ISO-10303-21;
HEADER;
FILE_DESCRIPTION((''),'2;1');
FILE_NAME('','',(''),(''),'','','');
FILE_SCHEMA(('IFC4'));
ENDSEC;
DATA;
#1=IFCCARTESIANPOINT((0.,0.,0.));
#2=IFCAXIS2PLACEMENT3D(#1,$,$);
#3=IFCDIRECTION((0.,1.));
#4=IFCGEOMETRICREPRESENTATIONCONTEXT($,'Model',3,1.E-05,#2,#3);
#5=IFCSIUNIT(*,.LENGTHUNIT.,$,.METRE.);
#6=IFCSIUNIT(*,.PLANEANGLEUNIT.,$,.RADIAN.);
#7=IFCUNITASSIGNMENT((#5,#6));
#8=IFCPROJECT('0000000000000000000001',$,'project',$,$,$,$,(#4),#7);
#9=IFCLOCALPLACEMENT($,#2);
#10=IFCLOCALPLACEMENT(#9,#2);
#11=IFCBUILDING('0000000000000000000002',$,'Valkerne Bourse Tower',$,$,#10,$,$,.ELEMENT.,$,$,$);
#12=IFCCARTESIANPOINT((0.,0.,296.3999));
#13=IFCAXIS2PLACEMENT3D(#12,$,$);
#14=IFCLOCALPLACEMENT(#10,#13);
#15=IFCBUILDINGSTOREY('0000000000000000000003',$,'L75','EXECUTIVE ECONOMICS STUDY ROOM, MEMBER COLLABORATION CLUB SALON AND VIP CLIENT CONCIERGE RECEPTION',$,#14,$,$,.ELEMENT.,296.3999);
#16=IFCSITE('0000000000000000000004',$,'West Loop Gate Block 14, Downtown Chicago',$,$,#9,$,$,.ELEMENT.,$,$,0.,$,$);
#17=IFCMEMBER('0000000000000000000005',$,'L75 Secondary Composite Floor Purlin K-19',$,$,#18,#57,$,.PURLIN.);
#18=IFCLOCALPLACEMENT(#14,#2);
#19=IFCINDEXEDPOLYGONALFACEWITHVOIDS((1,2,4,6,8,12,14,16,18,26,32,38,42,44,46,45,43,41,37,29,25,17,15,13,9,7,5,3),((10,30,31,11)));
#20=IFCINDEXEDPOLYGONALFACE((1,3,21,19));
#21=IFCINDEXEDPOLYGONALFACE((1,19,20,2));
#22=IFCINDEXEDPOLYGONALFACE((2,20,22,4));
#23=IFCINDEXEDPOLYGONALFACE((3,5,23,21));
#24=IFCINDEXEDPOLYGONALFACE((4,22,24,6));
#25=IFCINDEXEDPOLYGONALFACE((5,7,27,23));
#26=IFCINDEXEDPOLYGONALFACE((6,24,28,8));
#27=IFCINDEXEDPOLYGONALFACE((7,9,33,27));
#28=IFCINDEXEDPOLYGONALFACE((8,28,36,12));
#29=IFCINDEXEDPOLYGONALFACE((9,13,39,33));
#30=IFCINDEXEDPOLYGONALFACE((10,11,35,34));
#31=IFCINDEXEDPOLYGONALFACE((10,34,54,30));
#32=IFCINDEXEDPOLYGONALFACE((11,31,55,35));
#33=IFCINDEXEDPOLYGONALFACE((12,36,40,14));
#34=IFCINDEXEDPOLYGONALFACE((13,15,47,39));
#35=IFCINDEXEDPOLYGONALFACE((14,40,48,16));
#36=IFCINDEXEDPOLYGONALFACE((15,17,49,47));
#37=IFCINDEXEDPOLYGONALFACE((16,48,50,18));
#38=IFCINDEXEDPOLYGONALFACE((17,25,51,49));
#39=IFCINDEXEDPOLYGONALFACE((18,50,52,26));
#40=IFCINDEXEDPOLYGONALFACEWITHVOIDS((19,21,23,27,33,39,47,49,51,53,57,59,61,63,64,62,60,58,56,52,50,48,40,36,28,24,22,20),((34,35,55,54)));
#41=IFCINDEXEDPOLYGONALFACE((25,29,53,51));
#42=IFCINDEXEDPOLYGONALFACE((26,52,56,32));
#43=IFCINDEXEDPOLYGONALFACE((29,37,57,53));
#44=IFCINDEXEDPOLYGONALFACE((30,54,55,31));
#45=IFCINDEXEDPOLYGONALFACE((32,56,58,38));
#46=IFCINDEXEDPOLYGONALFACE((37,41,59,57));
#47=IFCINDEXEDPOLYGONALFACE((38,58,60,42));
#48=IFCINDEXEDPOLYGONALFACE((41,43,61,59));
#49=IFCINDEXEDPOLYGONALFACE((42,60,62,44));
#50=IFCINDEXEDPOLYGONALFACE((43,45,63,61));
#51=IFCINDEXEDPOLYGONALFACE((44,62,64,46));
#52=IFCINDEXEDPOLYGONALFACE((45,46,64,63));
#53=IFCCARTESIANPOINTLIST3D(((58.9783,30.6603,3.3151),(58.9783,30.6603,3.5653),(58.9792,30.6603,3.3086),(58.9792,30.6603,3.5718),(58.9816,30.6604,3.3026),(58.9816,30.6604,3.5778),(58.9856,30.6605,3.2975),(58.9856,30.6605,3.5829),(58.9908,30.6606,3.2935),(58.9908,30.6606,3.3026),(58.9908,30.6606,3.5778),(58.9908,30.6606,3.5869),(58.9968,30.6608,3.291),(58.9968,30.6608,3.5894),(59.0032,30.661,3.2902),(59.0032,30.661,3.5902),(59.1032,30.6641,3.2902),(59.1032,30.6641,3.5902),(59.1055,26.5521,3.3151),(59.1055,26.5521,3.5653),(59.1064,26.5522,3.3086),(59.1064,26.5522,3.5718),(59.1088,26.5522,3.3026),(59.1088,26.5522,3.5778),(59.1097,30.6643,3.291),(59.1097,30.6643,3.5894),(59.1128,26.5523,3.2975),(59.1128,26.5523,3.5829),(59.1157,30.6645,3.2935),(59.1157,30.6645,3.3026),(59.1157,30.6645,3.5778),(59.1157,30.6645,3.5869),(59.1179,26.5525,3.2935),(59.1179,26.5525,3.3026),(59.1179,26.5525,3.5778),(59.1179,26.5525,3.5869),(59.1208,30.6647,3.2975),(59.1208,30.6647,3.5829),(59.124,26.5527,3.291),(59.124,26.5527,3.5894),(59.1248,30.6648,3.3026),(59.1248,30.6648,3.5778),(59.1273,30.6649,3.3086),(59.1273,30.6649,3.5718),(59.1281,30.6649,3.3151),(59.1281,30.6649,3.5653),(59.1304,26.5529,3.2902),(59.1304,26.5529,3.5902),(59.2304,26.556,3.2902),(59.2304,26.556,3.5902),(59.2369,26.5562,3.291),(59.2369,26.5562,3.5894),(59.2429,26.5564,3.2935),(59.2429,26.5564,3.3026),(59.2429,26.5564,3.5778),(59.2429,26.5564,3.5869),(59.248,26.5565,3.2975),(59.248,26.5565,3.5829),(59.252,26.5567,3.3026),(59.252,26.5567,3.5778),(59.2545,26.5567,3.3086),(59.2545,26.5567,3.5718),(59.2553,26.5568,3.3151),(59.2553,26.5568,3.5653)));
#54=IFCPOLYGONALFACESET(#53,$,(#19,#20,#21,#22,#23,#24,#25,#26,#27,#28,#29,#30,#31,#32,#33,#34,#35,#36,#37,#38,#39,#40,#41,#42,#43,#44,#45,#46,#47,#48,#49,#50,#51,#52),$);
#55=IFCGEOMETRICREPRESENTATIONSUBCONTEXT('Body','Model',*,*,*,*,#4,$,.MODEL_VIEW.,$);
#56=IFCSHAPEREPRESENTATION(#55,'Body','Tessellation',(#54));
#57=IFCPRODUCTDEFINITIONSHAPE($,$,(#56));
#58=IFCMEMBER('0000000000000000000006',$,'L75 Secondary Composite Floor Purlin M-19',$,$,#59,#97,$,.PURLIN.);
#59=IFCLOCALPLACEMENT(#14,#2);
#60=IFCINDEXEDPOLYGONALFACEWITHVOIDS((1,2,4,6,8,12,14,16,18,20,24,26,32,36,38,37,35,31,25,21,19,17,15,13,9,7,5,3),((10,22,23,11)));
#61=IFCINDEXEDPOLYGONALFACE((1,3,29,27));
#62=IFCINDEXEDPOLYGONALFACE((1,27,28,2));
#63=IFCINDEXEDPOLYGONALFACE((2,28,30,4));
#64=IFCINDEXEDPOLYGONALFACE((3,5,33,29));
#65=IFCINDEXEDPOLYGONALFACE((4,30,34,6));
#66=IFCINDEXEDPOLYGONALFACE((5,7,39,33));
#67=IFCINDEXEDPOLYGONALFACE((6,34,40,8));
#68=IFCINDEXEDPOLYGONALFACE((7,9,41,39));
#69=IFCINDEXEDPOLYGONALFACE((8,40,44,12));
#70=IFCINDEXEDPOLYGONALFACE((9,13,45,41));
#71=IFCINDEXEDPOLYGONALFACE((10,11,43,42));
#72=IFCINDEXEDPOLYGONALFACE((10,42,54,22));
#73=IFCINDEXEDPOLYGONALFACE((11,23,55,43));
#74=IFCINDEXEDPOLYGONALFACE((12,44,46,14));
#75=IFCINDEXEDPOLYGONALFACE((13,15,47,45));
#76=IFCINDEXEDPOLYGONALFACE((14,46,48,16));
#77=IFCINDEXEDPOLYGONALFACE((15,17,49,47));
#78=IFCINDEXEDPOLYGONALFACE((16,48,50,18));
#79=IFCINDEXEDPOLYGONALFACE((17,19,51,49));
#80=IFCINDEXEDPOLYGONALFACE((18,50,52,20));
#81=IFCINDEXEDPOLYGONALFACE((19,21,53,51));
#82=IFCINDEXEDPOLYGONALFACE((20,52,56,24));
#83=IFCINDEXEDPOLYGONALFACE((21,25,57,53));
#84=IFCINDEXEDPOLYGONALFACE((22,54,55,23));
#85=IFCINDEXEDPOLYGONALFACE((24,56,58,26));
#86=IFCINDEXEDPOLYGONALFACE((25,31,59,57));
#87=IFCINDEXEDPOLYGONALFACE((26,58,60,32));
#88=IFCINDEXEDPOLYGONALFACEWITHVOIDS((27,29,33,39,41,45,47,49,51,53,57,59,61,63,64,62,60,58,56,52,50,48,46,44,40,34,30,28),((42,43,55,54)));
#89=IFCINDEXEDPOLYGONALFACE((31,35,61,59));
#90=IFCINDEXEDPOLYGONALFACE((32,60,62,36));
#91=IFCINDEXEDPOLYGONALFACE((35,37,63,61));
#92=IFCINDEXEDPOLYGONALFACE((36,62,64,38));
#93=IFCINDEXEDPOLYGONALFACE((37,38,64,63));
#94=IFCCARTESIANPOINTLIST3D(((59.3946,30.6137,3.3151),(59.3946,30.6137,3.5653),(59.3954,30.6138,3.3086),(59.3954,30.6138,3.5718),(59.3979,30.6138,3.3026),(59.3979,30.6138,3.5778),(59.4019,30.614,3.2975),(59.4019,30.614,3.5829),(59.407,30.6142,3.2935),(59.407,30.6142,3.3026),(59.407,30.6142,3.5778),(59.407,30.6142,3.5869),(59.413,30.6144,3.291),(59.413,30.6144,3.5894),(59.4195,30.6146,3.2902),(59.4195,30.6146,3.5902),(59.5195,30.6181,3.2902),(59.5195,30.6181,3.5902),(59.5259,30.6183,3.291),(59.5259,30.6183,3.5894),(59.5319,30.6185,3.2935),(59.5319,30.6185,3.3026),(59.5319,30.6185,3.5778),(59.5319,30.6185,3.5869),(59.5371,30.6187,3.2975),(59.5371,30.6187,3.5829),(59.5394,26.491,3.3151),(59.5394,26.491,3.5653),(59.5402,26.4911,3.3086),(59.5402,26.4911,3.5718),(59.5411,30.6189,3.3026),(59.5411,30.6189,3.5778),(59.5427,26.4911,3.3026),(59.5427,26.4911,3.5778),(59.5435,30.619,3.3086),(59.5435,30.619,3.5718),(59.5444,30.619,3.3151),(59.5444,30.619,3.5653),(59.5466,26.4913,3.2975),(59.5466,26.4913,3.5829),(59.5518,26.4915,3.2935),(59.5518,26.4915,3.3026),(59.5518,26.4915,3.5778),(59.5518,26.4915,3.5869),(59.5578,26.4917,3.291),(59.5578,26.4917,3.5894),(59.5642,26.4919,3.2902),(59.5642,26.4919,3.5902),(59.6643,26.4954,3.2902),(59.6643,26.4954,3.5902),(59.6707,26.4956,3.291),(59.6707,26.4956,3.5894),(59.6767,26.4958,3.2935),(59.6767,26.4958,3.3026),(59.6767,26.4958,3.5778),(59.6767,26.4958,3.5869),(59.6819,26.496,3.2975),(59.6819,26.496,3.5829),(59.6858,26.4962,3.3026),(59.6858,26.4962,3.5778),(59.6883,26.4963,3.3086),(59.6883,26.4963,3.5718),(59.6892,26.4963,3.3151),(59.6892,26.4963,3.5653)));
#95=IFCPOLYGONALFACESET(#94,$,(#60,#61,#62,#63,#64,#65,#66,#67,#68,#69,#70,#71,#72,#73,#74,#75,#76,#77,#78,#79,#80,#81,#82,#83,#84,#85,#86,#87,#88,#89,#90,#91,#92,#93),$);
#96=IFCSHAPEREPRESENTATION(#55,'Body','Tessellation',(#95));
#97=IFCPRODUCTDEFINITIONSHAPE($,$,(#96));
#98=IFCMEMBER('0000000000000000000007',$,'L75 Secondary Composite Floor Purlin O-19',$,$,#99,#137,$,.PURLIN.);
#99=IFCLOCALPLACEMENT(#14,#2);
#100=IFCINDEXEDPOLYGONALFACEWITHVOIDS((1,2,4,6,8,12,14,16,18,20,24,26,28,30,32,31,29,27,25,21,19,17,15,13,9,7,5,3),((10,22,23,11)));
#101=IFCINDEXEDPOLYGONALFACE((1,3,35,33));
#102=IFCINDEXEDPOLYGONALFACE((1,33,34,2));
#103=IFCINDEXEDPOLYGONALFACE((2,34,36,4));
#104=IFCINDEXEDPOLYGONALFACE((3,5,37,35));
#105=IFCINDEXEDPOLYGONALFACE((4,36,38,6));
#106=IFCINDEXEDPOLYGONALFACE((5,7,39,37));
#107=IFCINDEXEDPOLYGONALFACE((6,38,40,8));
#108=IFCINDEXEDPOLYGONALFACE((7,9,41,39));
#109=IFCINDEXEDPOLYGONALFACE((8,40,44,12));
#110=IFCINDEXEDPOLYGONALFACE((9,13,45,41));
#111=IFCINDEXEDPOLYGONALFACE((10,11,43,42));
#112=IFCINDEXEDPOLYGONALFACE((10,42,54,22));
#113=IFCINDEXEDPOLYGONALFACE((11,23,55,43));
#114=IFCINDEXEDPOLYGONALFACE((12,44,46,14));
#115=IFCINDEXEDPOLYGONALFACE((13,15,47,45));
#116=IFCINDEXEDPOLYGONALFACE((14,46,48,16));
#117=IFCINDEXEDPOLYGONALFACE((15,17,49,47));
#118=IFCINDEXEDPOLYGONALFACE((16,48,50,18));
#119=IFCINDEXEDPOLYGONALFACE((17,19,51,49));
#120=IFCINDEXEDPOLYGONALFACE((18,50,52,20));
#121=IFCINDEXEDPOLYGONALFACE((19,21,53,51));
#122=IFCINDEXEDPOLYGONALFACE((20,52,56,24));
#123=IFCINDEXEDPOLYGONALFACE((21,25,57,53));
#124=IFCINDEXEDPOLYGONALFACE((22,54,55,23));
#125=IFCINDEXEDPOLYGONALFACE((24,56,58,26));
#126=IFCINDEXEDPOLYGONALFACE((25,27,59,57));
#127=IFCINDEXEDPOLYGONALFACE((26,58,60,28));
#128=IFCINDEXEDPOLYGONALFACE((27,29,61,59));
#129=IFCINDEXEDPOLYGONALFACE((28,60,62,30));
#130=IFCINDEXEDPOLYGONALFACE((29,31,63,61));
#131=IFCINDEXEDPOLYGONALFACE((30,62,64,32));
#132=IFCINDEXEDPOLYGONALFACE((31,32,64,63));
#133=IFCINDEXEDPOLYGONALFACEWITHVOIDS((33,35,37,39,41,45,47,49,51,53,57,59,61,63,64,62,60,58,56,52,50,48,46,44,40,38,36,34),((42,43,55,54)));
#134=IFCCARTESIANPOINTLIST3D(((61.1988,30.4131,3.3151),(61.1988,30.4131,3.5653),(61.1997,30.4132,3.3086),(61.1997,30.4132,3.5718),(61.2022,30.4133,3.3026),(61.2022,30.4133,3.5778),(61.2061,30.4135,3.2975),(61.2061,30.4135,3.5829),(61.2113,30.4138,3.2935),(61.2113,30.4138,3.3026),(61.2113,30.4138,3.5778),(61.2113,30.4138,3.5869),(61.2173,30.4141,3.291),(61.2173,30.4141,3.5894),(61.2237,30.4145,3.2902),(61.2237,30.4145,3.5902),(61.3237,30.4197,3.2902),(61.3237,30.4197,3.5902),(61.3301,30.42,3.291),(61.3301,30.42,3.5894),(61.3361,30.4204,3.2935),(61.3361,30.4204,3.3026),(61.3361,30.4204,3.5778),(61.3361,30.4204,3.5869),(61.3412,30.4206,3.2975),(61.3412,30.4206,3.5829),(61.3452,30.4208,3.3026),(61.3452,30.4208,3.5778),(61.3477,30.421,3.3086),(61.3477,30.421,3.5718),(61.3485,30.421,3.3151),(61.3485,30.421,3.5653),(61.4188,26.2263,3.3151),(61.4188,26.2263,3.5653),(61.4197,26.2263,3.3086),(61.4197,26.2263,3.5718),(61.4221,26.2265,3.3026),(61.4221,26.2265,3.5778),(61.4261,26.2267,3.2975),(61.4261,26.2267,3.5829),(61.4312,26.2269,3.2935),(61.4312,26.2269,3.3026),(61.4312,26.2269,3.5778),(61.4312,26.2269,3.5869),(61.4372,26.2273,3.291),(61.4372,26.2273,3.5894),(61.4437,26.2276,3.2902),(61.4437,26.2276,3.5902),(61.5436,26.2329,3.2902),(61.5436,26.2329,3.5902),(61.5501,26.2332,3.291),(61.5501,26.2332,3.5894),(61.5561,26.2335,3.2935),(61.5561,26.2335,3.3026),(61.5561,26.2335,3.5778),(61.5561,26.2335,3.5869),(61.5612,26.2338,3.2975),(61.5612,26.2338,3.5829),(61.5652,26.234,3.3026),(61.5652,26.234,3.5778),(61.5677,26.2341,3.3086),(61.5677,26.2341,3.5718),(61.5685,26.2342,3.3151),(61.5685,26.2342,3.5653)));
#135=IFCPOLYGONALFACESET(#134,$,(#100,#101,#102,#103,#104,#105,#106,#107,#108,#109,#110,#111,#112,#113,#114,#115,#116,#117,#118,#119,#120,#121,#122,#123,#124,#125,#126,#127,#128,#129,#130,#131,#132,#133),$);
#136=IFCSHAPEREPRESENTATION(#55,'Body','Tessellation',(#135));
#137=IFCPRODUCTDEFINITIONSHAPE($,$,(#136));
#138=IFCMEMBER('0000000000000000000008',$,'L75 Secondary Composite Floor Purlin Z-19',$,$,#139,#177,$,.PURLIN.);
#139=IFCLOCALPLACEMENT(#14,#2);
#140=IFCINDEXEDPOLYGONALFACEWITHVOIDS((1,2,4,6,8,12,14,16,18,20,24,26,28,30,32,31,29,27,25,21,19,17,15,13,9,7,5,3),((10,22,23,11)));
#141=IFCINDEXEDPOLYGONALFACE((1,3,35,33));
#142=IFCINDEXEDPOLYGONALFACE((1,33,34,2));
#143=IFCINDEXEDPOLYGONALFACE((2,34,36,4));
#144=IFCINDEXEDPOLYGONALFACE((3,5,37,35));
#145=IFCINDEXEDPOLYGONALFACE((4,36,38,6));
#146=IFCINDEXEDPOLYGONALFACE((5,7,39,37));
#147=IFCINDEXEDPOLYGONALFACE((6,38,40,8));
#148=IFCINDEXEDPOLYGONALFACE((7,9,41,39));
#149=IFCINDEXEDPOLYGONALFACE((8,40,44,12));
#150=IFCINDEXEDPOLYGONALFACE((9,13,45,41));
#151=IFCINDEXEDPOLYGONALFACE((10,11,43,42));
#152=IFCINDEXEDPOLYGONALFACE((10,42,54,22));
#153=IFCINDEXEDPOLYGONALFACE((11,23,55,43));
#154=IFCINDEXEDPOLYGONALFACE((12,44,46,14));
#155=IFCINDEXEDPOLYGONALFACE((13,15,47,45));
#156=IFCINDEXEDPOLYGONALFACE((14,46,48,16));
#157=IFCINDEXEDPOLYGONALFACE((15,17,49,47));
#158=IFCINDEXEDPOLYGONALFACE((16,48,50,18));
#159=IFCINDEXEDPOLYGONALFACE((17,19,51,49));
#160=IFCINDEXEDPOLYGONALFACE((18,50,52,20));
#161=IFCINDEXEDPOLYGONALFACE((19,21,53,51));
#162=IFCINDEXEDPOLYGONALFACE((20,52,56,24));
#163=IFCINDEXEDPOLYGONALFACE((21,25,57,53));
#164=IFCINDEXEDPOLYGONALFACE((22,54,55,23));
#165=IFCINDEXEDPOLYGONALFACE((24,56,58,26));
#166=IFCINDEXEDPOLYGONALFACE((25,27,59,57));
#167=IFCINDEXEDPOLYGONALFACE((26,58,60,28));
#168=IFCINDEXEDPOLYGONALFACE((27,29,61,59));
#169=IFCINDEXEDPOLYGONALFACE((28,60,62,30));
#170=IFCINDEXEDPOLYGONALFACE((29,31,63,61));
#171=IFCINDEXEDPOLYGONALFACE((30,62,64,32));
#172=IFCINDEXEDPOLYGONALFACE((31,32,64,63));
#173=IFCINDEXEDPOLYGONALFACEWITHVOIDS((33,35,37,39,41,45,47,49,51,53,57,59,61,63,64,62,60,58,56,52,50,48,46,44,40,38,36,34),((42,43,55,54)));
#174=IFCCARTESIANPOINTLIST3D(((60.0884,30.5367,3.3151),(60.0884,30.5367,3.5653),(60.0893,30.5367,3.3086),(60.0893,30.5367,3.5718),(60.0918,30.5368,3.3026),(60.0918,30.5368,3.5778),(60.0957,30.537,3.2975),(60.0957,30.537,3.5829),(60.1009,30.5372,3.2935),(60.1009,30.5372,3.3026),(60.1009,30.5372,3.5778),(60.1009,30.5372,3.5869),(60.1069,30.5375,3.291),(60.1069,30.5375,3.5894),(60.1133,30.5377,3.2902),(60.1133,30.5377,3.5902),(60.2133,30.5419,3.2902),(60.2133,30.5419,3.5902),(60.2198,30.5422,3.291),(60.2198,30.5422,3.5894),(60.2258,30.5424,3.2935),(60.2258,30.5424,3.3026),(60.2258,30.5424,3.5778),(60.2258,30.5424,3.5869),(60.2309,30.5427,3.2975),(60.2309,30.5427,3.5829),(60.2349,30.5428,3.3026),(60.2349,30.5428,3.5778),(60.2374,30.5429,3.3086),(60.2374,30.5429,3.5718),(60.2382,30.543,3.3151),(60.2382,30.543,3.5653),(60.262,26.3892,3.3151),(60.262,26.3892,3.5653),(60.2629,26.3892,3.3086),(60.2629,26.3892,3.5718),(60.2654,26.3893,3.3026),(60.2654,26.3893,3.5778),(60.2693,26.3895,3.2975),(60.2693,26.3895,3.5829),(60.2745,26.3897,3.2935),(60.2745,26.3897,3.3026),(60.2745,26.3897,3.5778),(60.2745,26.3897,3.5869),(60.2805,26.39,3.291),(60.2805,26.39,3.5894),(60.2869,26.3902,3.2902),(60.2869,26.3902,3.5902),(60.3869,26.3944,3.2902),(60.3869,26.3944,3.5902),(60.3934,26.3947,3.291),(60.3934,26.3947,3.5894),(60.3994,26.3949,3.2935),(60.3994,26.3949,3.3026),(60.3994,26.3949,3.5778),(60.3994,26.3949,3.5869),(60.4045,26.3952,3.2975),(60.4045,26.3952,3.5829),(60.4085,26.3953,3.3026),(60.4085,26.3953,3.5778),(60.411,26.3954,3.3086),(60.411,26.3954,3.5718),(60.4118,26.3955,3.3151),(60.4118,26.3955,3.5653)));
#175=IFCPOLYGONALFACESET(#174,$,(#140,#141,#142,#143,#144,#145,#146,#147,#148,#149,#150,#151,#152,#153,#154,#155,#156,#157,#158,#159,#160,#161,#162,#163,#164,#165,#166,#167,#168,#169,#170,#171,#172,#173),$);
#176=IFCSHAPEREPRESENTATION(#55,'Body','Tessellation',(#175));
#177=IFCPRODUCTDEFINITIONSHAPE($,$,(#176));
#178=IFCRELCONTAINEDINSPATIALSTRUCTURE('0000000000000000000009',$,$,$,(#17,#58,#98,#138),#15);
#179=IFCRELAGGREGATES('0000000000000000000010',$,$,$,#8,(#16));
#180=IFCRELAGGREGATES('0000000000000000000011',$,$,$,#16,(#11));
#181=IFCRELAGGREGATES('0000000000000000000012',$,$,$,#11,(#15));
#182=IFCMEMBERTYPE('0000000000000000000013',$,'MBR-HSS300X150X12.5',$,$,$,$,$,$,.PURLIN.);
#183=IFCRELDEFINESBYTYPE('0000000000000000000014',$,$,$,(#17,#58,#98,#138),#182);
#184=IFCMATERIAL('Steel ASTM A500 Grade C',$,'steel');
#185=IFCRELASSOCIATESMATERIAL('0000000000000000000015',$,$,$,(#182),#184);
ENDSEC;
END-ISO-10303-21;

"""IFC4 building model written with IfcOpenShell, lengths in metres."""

from ifc_helpers import new_model, si_unit, direction, frame, origin, origin_2d, place, context, subcontext, project, spatial, hollow_rectangle, extrude, material, material_profile, profile_set, type_object, element, save


model = new_model("IFC4")

# Units and contexts
model_context = context("Model", 3, precision=1e-05, world=origin(), true_north=direction((0.0, 1.0)))
body_context = subcontext(model_context, "Body", "Model", "MODEL_VIEW")
ifc_project = project(units=[si_unit("LENGTHUNIT", "METRE"), si_unit("PLANEANGLEUNIT", "RADIAN")], contexts=[model_context])

# Site, building, storey
site_placement = place(None, origin())
site = spatial("IfcSite", under=ifc_project, at=site_placement, Name="West Loop Gate Block 14, Downtown Chicago", CompositionType="ELEMENT", RefElevation=0.0)
building_placement = place(site_placement, origin())
building = spatial("IfcBuilding", under=site, at=building_placement, Name="Valkerne Bourse Tower", CompositionType="ELEMENT")
storey_placement = place(building_placement, frame((0.0, 0.0, 296.3999)))
storey = spatial("IfcBuildingStorey", under=building, at=storey_placement, Name="L75", Description="EXECUTIVE ECONOMICS STUDY ROOM, MEMBER COLLABORATION CLUB SALON AND VIP CLIENT CONCIERGE RECEPTION", CompositionType="ELEMENT", Elevation=296.3999)

# Shared definitions
ifc_material_1 = material(Name="Steel ASTM A500 Grade C", Category="steel")

# Members
ifc_material_profile_1 = material_profile(ifc_material_1, hollow_rectangle(XDim=0.1499, YDim=0.3, WallThickness=0.0125, OuterFilletRadius=0.0249, at=origin_2d()), Name="HSS300X150X12.5")
ifc_profile_set_1 = profile_set([ifc_material_profile_1], Name="Steel ASTM A500 Grade C")
member_type_1 = type_object("IfcMemberType", Name="MBR-HSS300X150X12.5", PredefinedType="PURLIN", material=ifc_profile_set_1)
member_1_placement = place(storey_placement, frame((59.1804, 26.5544, 3.4402), z_axis=(-0.030947, 0.999521, 0.0), x_axis=(-0.999521, -0.030947, 0.0)))
element("IfcMember", 1, at=member_1_placement, inside=storey, type_object=member_type_1, Name="L75 Secondary Composite Floor Purlin K-19", PredefinedType="PURLIN", context=body_context, shape_type="SweptSolid", body=[
    extrude(hollow_rectangle(XDim=0.1499, YDim=0.3, WallThickness=0.0125, OuterFilletRadius=0.0249, at=origin_2d()), origin(), (0.0, 0.0, 1.0), 4.1101),
])
member_2_placement = place(storey_placement, frame((59.6143, 26.4937, 3.4402), z_axis=(-0.035094, 0.999384, 0.0), x_axis=(-0.999384, -0.035094, 0.0)))
element("IfcMember", 2, at=member_2_placement, inside=storey, type_object=member_type_1, Name="L75 Secondary Composite Floor Purlin M-19", PredefinedType="PURLIN", context=body_context, shape_type="SweptSolid", body=[
    extrude(hollow_rectangle(XDim=0.1499, YDim=0.3, WallThickness=0.0125, OuterFilletRadius=0.0249, at=origin_2d()), origin(), (0.0, 0.0, 1.0), 4.1252),
])
member_3_placement = place(storey_placement, frame((61.4937, 26.2302, 3.4402), z_axis=(-0.052467, 0.998623, 0.0), x_axis=(-0.998623, -0.052467, 0.0)))
element("IfcMember", 3, at=member_3_placement, inside=storey, type_object=member_type_1, Name="L75 Secondary Composite Floor Purlin O-19", PredefinedType="PURLIN", context=body_context, shape_type="SweptSolid", body=[
    extrude(hollow_rectangle(XDim=0.1499, YDim=0.3, WallThickness=0.0125, OuterFilletRadius=0.0249, at=origin_2d()), origin(), (0.0, 0.0, 1.0), 4.1926),
])
member_4_placement = place(storey_placement, frame((60.3369, 26.3923, 3.4402), z_axis=(-0.041816, 0.999125, 0.0), x_axis=(-0.999125, -0.041816, 0.0)))
element("IfcMember", 4, at=member_4_placement, inside=storey, type_object=member_type_1, Name="L75 Secondary Composite Floor Purlin Z-19", PredefinedType="PURLIN", context=body_context, shape_type="SweptSolid", body=[
    extrude(hollow_rectangle(XDim=0.1499, YDim=0.3, WallThickness=0.0125, OuterFilletRadius=0.0249, at=origin_2d()), origin(), (0.0, 0.0, 1.0), 4.1511),
])

save(model, "model.ifc")
